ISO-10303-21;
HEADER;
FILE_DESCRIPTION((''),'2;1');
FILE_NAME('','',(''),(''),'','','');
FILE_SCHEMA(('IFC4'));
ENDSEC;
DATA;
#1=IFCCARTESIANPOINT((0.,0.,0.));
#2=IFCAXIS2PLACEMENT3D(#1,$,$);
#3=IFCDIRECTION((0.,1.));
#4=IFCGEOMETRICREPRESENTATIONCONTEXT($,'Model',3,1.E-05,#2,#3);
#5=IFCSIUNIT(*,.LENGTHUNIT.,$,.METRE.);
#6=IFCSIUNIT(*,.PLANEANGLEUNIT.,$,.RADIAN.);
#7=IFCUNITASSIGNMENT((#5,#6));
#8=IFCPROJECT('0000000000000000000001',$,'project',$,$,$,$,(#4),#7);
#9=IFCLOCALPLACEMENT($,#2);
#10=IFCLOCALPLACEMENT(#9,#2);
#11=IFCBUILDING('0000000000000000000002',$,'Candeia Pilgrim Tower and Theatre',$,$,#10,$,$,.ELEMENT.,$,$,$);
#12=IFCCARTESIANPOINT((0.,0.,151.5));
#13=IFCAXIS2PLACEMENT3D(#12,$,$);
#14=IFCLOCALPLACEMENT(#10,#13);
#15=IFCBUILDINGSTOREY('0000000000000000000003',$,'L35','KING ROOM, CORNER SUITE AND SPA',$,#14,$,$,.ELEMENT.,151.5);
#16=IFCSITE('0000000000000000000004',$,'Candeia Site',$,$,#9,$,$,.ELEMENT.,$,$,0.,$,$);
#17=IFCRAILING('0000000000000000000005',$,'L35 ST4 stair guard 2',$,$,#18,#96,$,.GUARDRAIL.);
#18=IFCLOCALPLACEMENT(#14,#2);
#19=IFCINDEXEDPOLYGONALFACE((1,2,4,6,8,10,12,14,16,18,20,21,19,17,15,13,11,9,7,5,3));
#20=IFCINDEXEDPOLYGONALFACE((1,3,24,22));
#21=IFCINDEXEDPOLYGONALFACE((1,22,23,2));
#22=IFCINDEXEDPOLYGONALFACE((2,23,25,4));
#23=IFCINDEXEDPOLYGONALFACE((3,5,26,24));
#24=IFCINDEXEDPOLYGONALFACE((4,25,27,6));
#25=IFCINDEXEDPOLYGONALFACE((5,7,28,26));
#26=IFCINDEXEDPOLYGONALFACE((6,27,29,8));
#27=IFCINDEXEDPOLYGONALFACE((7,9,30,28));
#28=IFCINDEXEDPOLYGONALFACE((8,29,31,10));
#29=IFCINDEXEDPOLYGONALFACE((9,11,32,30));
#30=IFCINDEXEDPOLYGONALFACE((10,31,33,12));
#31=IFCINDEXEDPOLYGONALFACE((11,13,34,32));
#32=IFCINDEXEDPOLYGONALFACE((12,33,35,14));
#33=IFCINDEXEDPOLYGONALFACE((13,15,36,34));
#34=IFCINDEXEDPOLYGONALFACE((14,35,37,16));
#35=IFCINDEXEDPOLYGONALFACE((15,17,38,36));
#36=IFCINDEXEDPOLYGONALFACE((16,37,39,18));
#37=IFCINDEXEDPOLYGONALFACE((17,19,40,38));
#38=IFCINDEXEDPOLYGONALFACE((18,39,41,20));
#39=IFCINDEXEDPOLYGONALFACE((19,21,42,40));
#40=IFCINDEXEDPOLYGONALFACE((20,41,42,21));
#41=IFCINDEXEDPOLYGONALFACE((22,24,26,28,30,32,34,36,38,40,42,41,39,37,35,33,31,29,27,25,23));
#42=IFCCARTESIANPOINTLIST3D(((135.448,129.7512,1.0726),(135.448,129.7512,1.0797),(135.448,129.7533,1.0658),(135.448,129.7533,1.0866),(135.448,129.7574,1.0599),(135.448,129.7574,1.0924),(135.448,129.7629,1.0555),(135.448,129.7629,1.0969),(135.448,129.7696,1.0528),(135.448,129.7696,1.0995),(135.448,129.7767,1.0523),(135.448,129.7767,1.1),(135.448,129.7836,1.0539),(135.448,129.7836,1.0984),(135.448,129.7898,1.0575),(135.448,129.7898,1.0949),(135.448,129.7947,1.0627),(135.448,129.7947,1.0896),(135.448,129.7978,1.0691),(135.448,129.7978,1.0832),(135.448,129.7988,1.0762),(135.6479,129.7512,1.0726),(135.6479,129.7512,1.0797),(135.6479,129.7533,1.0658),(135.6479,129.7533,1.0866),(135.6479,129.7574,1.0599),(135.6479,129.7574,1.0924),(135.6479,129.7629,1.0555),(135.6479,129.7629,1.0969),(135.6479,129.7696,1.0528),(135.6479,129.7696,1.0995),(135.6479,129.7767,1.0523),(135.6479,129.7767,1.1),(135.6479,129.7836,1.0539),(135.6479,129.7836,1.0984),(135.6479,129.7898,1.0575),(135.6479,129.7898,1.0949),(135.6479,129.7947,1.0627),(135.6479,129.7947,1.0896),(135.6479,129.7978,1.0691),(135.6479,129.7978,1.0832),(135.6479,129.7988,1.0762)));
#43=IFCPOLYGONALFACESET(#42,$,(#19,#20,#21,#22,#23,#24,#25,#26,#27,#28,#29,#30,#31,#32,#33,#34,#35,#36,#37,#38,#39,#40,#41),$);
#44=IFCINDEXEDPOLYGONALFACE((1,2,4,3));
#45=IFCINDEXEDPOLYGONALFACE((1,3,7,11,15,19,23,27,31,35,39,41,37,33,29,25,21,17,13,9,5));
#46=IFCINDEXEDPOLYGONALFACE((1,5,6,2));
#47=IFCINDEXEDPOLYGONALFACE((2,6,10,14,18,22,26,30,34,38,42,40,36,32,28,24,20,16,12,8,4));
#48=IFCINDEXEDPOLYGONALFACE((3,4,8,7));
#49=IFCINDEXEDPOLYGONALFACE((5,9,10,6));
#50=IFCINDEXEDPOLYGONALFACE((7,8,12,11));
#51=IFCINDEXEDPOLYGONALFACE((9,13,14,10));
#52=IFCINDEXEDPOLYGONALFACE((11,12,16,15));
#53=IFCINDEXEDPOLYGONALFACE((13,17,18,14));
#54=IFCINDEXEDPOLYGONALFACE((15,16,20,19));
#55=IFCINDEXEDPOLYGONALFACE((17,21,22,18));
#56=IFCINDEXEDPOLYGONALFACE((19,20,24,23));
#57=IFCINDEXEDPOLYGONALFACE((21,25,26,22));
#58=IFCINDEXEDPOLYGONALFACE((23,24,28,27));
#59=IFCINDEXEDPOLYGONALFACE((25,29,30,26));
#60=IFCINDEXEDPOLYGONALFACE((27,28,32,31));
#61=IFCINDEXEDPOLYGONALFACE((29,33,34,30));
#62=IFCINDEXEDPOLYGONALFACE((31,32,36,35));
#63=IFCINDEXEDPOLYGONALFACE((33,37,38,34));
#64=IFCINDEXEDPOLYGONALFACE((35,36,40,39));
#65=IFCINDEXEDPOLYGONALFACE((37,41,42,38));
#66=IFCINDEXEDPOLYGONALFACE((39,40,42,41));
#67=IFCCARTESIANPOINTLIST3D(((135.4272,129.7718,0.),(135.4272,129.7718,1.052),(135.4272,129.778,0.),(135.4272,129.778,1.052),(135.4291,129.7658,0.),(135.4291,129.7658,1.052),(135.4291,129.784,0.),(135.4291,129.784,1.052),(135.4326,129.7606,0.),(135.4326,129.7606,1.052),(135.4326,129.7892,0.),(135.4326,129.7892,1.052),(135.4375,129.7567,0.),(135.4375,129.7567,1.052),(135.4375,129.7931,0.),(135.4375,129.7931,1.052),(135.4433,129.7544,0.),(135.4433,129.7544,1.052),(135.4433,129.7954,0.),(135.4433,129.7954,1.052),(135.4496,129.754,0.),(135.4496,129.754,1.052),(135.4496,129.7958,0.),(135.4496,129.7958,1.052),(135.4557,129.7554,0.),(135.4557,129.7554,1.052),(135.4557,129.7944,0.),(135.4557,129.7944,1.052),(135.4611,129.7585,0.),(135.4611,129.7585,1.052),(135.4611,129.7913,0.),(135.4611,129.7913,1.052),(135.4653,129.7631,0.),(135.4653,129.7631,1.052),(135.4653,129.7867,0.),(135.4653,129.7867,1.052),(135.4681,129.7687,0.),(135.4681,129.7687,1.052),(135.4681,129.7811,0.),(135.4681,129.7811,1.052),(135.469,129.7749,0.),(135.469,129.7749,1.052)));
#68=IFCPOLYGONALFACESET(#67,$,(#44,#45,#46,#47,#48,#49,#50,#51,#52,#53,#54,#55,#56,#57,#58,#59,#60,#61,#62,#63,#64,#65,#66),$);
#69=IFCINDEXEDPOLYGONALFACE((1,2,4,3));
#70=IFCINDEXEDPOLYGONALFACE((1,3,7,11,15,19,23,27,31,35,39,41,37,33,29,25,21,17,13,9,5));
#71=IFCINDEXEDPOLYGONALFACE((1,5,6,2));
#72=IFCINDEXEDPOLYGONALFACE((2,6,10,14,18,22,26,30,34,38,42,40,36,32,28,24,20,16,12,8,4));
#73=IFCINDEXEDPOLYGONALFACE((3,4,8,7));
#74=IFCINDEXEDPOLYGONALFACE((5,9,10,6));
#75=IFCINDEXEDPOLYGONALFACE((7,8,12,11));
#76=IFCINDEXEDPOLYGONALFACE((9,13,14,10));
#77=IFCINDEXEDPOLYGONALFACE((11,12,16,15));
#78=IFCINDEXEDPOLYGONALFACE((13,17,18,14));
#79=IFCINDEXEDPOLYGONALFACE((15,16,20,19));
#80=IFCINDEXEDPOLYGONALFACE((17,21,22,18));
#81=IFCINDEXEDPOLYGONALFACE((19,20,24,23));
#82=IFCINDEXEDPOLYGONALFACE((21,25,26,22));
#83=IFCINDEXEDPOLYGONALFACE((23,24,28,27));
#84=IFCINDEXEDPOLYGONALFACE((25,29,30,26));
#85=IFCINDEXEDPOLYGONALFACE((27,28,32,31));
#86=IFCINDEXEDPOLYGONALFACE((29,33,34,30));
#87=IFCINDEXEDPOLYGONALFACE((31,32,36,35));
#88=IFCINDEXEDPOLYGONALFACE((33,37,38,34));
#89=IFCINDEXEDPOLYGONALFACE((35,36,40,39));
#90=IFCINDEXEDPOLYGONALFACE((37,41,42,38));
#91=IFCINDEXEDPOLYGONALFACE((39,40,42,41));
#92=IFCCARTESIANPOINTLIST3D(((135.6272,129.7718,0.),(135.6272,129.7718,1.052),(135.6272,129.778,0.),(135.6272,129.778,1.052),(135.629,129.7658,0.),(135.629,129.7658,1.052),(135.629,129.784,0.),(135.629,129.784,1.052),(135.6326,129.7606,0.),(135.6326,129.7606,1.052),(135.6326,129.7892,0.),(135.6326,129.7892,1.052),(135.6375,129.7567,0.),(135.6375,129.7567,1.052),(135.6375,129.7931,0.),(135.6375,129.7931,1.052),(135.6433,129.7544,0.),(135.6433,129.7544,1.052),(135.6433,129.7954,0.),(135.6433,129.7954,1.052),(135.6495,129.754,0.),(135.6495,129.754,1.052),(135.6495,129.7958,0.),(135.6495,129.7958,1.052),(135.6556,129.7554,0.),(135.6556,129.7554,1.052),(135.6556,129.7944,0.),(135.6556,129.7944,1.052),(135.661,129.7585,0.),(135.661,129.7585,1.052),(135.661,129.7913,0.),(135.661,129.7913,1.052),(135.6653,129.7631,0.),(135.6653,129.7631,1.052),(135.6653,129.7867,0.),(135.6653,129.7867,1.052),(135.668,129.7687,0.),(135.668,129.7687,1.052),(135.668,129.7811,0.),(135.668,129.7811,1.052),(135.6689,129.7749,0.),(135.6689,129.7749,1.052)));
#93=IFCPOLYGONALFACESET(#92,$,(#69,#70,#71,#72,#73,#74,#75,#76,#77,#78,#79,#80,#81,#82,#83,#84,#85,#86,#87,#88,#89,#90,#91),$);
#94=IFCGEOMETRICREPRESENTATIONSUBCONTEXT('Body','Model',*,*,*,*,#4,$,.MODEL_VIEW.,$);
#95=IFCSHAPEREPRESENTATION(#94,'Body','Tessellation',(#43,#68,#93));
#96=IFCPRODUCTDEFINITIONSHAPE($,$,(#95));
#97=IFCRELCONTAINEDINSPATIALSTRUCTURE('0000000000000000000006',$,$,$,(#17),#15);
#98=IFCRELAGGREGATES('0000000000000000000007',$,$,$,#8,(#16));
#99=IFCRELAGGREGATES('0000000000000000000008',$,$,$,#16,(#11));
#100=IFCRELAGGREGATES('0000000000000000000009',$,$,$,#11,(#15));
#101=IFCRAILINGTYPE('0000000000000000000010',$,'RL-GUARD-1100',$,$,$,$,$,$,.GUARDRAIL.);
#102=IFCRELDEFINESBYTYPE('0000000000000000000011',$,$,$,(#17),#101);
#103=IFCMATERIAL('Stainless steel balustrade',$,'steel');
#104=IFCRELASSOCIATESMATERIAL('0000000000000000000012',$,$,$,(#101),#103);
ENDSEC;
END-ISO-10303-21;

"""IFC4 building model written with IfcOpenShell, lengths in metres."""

from ifc_helpers import new_model, si_unit, direction, frame, origin, origin_2d, place, context, subcontext, project, spatial, circle, extrude, material, type_object, element, save


model = new_model("IFC4")

# Units and contexts
model_context = context("Model", 3, precision=1e-05, world=origin(), true_north=direction((0.0, 1.0)))
body_context = subcontext(model_context, "Body", "Model", "MODEL_VIEW")
ifc_project = project(units=[si_unit("LENGTHUNIT", "METRE"), si_unit("PLANEANGLEUNIT", "RADIAN")], contexts=[model_context])

# Site, building, storey
site_placement = place(None, origin())
site = spatial("IfcSite", under=ifc_project, at=site_placement, Name="Candeia Site", CompositionType="ELEMENT", RefElevation=0.0)
building_placement = place(site_placement, origin())
building = spatial("IfcBuilding", under=site, at=building_placement, Name="Candeia Pilgrim Tower and Theatre", CompositionType="ELEMENT")
storey_placement = place(building_placement, frame((0.0, 0.0, 151.5)))
storey = spatial("IfcBuildingStorey", under=building, at=storey_placement, Name="L35", Description="KING ROOM, CORNER SUITE AND SPA", CompositionType="ELEMENT", Elevation=151.5)

# Railing
ifc_material_1 = material(Name="Stainless steel balustrade", Category="steel")
railing_type_1 = type_object("IfcRailingType", Name="RL-GUARD-1100", PredefinedType="GUARDRAIL", material=ifc_material_1)
railing_1_placement = place(storey_placement, frame((135.448, 129.7749, 0.0)))
element("IfcRailing", 1, at=railing_1_placement, inside=storey, type_object=railing_type_1, Name="L35 ST4 stair guard 2", PredefinedType="GUARDRAIL", context=body_context, shape_type="SweptSolid", body=[
    extrude(circle(Radius=0.0239, at=origin_2d()), frame((0.0, 0.0, 1.0762), z_axis=(1.0, 0.0, 0.0), x_axis=(0.0, 1.0, 0.0)), (0.0, 0.0, 1.0), 0.2),
    extrude(circle(Radius=0.021, at=origin_2d()), origin(), (0.0, 0.0, 1.0), 1.052),
    extrude(circle(Radius=0.021, at=origin_2d()), frame((0.2, 0.0, 0.0)), (0.0, 0.0, 1.0), 1.052),
])

save(model, "model.ifc")
